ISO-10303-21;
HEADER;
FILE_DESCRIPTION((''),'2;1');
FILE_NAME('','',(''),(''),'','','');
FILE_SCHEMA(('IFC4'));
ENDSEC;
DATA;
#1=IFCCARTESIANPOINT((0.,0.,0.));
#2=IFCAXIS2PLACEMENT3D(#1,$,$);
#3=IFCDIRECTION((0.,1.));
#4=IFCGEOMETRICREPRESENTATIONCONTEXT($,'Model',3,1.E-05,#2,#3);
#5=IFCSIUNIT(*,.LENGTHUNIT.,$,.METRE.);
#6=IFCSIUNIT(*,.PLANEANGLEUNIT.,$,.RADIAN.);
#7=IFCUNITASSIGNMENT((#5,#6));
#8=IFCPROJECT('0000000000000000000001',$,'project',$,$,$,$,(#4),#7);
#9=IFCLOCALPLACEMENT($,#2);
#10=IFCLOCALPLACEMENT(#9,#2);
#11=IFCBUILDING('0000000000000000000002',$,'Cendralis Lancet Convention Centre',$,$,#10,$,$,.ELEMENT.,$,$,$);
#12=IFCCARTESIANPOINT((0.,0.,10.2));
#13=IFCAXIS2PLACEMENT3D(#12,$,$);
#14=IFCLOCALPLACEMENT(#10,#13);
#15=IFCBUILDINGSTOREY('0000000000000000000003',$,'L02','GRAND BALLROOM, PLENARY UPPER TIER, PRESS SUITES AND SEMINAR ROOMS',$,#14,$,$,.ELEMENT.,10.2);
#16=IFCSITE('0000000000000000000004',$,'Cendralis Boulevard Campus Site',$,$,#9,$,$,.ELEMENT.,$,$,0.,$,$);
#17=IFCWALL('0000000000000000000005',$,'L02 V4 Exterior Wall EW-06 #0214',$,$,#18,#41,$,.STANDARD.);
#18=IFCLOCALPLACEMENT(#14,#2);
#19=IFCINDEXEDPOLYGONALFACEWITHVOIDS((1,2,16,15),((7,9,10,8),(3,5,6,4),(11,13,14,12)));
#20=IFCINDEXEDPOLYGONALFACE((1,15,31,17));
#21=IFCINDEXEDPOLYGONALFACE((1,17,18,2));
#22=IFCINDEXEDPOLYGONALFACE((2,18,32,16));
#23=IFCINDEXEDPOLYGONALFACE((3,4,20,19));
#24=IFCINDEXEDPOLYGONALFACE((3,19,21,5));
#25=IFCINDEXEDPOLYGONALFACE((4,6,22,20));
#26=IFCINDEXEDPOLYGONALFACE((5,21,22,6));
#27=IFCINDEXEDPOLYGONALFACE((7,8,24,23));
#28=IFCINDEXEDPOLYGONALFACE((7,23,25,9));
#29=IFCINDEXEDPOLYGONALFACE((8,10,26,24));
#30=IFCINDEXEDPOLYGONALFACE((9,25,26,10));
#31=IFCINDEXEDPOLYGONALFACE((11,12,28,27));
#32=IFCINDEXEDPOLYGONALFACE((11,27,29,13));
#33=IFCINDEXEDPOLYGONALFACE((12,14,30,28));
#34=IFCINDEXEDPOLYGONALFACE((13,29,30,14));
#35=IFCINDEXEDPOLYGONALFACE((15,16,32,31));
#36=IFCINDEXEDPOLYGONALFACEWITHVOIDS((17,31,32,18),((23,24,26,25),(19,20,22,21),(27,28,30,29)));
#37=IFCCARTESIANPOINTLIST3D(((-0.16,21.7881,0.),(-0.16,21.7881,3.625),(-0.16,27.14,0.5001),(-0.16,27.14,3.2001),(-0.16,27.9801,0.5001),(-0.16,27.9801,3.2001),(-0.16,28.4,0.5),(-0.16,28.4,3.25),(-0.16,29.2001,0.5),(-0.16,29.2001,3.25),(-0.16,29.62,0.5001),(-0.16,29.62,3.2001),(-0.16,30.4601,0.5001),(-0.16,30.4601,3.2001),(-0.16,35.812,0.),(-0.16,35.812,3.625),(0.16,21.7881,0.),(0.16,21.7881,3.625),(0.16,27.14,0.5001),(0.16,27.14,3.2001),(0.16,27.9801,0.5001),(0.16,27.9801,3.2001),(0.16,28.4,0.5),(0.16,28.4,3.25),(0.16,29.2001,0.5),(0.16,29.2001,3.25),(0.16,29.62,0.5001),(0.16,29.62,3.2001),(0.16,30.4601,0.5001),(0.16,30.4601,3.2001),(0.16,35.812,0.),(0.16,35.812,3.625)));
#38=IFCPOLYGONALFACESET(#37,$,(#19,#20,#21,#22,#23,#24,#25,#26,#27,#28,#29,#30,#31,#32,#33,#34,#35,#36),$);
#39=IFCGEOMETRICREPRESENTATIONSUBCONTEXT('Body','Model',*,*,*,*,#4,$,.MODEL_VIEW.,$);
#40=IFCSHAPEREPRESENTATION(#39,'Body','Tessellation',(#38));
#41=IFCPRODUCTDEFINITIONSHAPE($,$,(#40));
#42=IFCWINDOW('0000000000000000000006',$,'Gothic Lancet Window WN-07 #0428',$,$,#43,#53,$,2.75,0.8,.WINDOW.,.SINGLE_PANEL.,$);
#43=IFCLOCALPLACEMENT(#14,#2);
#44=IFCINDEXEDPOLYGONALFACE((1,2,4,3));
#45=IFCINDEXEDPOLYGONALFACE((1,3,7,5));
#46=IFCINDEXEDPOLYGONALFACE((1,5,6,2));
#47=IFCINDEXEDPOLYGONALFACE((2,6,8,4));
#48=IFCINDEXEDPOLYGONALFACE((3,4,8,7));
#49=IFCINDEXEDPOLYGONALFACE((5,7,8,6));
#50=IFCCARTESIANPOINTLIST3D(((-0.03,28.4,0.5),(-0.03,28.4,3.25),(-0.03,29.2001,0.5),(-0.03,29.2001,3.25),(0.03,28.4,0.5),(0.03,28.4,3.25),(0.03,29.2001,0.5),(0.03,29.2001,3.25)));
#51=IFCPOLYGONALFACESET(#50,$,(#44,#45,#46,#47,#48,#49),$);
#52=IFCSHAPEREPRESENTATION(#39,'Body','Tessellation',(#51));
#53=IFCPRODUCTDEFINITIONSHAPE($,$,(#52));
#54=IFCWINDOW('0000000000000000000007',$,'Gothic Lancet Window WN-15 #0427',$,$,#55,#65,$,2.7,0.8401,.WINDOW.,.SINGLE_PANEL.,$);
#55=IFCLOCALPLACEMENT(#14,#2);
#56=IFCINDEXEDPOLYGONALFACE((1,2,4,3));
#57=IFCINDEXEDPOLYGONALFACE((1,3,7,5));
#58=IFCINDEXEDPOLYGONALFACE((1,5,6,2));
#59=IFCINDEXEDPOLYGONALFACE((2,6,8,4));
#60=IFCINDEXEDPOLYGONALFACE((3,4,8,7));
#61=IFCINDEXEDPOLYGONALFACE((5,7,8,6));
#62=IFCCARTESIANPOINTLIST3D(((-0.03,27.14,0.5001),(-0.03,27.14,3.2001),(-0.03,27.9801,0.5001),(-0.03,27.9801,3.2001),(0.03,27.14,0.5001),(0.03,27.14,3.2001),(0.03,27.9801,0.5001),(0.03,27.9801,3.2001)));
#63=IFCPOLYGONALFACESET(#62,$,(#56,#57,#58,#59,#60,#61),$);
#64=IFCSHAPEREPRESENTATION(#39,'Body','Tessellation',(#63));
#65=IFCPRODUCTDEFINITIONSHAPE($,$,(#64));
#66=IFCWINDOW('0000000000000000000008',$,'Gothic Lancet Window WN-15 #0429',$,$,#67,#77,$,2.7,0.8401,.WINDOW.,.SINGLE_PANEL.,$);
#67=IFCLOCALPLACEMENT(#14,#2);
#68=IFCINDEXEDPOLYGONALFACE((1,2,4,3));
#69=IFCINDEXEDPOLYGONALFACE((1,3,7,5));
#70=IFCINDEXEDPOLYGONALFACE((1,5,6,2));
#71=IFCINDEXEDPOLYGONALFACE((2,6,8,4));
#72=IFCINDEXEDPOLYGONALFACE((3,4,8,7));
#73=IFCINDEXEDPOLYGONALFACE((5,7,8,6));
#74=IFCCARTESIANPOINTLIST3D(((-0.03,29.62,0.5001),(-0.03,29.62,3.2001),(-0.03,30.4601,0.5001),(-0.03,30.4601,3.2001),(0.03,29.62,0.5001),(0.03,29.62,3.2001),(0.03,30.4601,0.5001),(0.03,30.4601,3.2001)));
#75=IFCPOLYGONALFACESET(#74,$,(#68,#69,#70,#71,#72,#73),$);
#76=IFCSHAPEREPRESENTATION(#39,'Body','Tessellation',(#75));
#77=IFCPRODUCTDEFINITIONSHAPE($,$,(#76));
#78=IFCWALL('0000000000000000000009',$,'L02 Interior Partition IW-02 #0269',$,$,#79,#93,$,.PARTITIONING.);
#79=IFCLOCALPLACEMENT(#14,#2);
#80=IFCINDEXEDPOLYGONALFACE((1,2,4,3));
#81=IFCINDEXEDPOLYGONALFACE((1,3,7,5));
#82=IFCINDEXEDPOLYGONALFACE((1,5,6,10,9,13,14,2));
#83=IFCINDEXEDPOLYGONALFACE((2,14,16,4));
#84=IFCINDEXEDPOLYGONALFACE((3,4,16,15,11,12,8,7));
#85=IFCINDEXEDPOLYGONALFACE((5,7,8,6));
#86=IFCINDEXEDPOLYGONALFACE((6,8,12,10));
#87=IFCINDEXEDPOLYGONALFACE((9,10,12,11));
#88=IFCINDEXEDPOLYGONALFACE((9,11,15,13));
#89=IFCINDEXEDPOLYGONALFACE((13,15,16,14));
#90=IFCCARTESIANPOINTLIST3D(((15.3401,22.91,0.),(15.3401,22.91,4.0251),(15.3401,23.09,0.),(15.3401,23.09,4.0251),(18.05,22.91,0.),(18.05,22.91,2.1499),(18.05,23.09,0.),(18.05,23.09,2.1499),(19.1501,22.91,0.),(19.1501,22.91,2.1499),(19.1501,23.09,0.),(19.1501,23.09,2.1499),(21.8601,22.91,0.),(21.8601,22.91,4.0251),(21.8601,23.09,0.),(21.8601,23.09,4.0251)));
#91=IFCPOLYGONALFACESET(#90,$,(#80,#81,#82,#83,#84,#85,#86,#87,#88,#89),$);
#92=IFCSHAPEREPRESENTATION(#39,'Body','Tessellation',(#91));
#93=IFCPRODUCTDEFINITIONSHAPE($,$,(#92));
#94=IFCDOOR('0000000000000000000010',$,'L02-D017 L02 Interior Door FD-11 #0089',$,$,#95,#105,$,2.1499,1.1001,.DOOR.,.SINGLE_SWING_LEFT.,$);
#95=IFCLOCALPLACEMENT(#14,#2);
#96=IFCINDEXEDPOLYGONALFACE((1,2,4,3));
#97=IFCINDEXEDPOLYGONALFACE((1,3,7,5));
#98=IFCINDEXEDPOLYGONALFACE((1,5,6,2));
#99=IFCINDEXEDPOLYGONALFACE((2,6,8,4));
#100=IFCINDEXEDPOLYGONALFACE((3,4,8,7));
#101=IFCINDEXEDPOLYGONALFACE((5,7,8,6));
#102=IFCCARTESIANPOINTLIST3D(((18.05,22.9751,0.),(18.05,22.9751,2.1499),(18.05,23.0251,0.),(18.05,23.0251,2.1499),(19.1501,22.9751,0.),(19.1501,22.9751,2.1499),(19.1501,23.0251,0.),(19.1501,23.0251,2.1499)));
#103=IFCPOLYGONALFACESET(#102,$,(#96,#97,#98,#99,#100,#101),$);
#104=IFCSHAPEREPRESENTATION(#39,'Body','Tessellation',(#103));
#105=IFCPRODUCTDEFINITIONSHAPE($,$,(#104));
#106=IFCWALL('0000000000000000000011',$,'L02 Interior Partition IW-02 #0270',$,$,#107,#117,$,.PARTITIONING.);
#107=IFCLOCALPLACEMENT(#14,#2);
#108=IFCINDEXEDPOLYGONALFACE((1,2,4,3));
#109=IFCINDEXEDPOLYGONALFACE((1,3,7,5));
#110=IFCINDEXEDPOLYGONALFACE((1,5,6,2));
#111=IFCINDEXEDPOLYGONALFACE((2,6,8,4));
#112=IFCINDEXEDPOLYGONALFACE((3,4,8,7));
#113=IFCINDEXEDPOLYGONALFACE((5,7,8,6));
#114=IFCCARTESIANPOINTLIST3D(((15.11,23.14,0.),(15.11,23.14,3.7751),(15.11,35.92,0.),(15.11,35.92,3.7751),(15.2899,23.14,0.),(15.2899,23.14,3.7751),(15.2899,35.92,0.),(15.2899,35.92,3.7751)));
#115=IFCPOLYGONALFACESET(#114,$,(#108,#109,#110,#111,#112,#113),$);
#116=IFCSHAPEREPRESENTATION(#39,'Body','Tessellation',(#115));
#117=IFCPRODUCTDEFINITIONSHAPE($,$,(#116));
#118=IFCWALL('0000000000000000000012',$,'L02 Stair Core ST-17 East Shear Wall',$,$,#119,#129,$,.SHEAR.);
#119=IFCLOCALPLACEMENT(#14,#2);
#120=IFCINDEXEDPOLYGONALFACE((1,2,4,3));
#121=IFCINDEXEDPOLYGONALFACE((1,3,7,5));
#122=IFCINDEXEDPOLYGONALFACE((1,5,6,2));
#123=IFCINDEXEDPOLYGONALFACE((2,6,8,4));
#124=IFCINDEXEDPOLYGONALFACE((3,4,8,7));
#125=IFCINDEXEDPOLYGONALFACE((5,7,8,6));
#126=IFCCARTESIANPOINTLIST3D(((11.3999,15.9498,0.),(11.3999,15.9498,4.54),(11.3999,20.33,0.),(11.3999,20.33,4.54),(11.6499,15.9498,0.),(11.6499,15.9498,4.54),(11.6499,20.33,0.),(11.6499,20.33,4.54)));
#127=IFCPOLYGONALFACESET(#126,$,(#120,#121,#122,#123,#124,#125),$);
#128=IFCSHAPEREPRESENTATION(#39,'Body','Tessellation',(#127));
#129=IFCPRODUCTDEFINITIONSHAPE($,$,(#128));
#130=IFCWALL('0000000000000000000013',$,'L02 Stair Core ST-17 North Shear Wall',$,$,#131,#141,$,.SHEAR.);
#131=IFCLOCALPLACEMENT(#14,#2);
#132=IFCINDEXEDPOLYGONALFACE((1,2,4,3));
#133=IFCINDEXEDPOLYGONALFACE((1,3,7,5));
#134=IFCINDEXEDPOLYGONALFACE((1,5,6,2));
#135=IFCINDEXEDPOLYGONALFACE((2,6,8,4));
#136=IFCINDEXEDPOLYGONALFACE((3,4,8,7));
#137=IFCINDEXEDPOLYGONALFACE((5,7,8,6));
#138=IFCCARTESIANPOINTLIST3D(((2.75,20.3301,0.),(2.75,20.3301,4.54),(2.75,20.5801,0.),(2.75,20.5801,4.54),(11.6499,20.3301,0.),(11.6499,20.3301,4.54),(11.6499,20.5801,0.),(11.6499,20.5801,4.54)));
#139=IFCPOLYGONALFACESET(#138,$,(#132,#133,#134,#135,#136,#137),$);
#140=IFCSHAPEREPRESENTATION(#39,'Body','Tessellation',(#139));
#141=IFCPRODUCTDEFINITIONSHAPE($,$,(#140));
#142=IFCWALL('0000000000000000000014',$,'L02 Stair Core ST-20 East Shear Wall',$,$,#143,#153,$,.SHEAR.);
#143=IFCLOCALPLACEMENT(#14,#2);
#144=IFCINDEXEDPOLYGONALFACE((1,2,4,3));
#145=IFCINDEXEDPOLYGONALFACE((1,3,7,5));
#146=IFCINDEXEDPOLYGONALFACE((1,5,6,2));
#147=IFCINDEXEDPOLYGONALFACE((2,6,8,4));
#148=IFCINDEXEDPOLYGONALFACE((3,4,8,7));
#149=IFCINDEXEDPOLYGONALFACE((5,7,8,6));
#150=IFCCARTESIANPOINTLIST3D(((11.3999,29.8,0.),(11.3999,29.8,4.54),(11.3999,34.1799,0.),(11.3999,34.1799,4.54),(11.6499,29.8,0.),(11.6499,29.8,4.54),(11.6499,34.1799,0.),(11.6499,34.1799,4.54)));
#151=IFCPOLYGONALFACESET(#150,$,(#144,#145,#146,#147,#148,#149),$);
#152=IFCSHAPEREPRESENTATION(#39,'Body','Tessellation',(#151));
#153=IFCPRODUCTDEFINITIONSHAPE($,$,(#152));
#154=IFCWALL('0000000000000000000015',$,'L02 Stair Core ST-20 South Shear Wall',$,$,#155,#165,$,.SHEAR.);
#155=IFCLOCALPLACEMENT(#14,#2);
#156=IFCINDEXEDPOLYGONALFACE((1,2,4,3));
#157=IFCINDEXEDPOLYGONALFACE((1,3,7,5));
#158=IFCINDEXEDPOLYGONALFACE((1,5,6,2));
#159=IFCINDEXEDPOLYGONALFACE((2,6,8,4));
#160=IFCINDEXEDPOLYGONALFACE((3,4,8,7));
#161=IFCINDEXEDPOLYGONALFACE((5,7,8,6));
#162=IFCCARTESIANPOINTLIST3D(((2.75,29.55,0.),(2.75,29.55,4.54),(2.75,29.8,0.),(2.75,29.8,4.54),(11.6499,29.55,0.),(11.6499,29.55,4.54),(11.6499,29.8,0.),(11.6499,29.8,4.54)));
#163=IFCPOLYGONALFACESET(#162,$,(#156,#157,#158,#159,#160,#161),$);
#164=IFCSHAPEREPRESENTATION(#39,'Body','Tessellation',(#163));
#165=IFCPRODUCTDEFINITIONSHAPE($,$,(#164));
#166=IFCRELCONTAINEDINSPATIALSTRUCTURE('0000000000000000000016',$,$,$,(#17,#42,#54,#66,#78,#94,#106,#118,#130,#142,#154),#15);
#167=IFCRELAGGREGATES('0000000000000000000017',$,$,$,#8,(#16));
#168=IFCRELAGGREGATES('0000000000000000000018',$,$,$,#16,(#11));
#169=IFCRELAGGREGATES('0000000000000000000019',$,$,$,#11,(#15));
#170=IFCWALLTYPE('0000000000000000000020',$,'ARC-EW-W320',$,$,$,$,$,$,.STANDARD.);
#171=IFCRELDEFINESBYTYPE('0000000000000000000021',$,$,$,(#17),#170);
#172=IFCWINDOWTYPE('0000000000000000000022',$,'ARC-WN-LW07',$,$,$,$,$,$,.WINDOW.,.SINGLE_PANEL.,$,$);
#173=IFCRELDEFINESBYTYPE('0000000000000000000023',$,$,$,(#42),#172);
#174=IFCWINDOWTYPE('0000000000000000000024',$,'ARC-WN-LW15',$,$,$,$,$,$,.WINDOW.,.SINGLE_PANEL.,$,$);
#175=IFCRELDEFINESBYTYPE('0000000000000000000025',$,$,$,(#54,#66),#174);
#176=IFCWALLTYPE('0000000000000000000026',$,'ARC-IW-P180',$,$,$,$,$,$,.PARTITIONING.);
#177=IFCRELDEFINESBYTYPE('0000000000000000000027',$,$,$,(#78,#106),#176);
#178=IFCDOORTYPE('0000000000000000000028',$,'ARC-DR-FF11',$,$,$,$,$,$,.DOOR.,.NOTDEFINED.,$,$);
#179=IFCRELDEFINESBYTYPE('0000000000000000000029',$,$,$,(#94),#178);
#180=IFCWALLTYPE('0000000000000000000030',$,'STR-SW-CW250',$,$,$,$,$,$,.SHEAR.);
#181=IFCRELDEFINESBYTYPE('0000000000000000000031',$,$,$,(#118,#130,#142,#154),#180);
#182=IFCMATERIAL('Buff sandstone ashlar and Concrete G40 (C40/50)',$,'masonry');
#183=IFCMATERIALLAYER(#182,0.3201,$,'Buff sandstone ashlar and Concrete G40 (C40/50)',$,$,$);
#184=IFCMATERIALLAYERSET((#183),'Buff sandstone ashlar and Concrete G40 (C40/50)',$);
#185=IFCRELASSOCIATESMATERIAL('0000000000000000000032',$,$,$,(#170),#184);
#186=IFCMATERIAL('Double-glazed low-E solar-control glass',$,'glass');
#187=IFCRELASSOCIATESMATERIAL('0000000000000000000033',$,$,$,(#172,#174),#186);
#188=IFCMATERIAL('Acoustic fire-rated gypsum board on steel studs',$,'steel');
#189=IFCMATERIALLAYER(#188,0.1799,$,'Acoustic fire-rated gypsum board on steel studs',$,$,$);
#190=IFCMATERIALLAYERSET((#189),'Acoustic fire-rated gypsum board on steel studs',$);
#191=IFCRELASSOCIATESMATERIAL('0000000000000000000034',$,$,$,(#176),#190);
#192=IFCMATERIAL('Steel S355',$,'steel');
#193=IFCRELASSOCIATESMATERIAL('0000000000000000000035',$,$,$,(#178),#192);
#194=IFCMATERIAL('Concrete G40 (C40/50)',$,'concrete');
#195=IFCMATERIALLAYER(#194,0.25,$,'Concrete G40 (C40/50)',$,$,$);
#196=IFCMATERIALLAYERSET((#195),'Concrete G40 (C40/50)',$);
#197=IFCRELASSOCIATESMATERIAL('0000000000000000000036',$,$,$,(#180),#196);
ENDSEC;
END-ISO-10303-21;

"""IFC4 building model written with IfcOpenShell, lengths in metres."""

from ifc_helpers import new_model, si_unit, direction, frame, frame_2d, origin, place, context, subcontext, project, spatial, rectangle, extrude, material, layer, layer_set, type_object, element, fill, save


model = new_model("IFC4")

# Units and contexts
model_context = context("Model", 3, precision=1e-05, world=origin(), true_north=direction((0.0, 1.0)))
body_context = subcontext(model_context, "Body", "Model", "MODEL_VIEW")
ifc_project = project(units=[si_unit("LENGTHUNIT", "METRE"), si_unit("PLANEANGLEUNIT", "RADIAN")], contexts=[model_context])

# Site, building, storey
site_placement = place(None, origin())
site = spatial("IfcSite", under=ifc_project, at=site_placement, Name="Cendralis Boulevard Campus Site", CompositionType="ELEMENT", RefElevation=0.0)
building_placement = place(site_placement, origin())
building = spatial("IfcBuilding", under=site, at=building_placement, Name="Cendralis Lancet Convention Centre", CompositionType="ELEMENT")
storey_placement = place(building_placement, frame((0.0, 0.0, 10.2)))
storey = spatial("IfcBuildingStorey", under=building, at=storey_placement, Name="L02", Description="GRAND BALLROOM, PLENARY UPPER TIER, PRESS SUITES AND SEMINAR ROOMS", CompositionType="ELEMENT", Elevation=10.2)

# Shared definitions
ifc_material_1 = material(Name="Steel S355", Category="steel")

# Shared definitions
ifc_material_2 = material(Name="Concrete G40 (C40/50)", Category="concrete")

# Wall, openings, windows
ifc_material_3 = material(Name="Buff sandstone ashlar and Concrete G40 (C40/50)", Category="masonry")
ifc_layer_1 = layer(ifc_material_3, 0.3201, Name="Buff sandstone ashlar and Concrete G40 (C40/50)")
ifc_layer_set_1 = layer_set([ifc_layer_1], Name="Buff sandstone ashlar and Concrete G40 (C40/50)")
wall_type_1 = type_object("IfcWallType", Name="ARC-EW-W320", PredefinedType="STANDARD", material=ifc_layer_set_1)
wall_1_placement = place(storey_placement, frame((0.0, 21.7881, 0.0), z_axis=(0.0, 0.0, 1.0), x_axis=(0.0, 1.0, 0.0)))
wall_1 = element("IfcWall", 1, at=wall_1_placement, inside=storey, type_object=wall_type_1, Name="L02 V4 Exterior Wall EW-06 #0214", PredefinedType="STANDARD", context=body_context, shape_type="SweptSolid", body=[
    extrude(rectangle(XDim=14.0239, YDim=0.3201, at=frame_2d((7.012, 0.0))), origin(), (0.0, 0.0, 1.0), 3.625),
])
opening_1_placement = place(wall_1_placement, frame((5.3521, 0.0, 0.5)))
opening_1 = element("IfcOpeningElement", 2, at=opening_1_placement, cuts=wall_1, PredefinedType="OPENING", context=body_context, shape_type="SweptSolid", body=[
    extrude(rectangle(XDim=0.8401, YDim=2.7, at=frame_2d((0.4199, 1.3501))), frame((0.0, 0.1699, 0.0), z_axis=(0.0, -1.0, 0.0), x_axis=(1.0, 0.0, 0.0)), (0.0, 0.0, 1.0), 0.3401),
])
opening_2_placement = place(wall_1_placement, frame((6.6121, 0.0, 0.5)))
opening_2 = element("IfcOpeningElement", 3, at=opening_2_placement, cuts=wall_1, PredefinedType="OPENING", context=body_context, shape_type="SweptSolid", body=[
    extrude(rectangle(XDim=0.8, YDim=2.75, at=frame_2d((0.3999, 1.375))), frame((0.0, 0.1699, 0.0), z_axis=(0.0, -1.0, 0.0), x_axis=(1.0, 0.0, 0.0)), (0.0, 0.0, 1.0), 0.3401),
])
opening_3_placement = place(wall_1_placement, frame((7.832, 0.0, 0.5)))
opening_3 = element("IfcOpeningElement", 4, at=opening_3_placement, cuts=wall_1, PredefinedType="OPENING", context=body_context, shape_type="SweptSolid", body=[
    extrude(rectangle(XDim=0.8401, YDim=2.7, at=frame_2d((0.4199, 1.3501))), frame((0.0, 0.1699, 0.0), z_axis=(0.0, -1.0, 0.0), x_axis=(1.0, 0.0, 0.0)), (0.0, 0.0, 1.0), 0.3401),
])
ifc_material_4 = material(Name="Double-glazed low-E solar-control glass", Category="glass")
window_type_1 = type_object("IfcWindowType", Name="ARC-WN-LW07", PartitioningType="SINGLE_PANEL", PredefinedType="WINDOW", material=ifc_material_4)
window_1_placement = place(opening_2_placement, origin())
window_1 = element("IfcWindow", 5, at=window_1_placement, inside=storey, type_object=window_type_1, Name="Gothic Lancet Window WN-07 #0428", OverallHeight=2.75, OverallWidth=0.8, PartitioningType="SINGLE_PANEL", PredefinedType="WINDOW", context=body_context, shape_type="SweptSolid", body=[
    extrude(rectangle(XDim=0.8, YDim=2.75, at=frame_2d((0.3999, 1.375))), frame((0.0, 0.03, 0.0), z_axis=(0.0, -1.0, 0.0), x_axis=(1.0, 0.0, 0.0)), (0.0, 0.0, 1.0), 0.0601),
])
fill(opening_2, window_1)
window_type_2 = type_object("IfcWindowType", Name="ARC-WN-LW15", PartitioningType="SINGLE_PANEL", PredefinedType="WINDOW", material=ifc_material_4)
window_2_placement = place(opening_1_placement, origin())
window_2 = element("IfcWindow", 6, at=window_2_placement, inside=storey, type_object=window_type_2, Name="Gothic Lancet Window WN-15 #0427", OverallHeight=2.7, OverallWidth=0.8401, PartitioningType="SINGLE_PANEL", PredefinedType="WINDOW", context=body_context, shape_type="SweptSolid", body=[
    extrude(rectangle(XDim=0.8401, YDim=2.7, at=frame_2d((0.4199, 1.3501))), frame((0.0, 0.03, 0.0), z_axis=(0.0, -1.0, 0.0), x_axis=(1.0, 0.0, 0.0)), (0.0, 0.0, 1.0), 0.0601),
])
fill(opening_1, window_2)
window_3_placement = place(opening_3_placement, origin())
window_3 = element("IfcWindow", 7, at=window_3_placement, inside=storey, type_object=window_type_2, Name="Gothic Lancet Window WN-15 #0429", OverallHeight=2.7, OverallWidth=0.8401, PartitioningType="SINGLE_PANEL", PredefinedType="WINDOW", context=body_context, shape_type="SweptSolid", body=[
    extrude(rectangle(XDim=0.8401, YDim=2.7, at=frame_2d((0.4199, 1.3501))), frame((0.0, 0.03, 0.0), z_axis=(0.0, -1.0, 0.0), x_axis=(1.0, 0.0, 0.0)), (0.0, 0.0, 1.0), 0.0601),
])
fill(opening_3, window_3)

# Wall, opening, door
ifc_material_5 = material(Name="Acoustic fire-rated gypsum board on steel studs", Category="steel")
ifc_layer_2 = layer(ifc_material_5, 0.1799, Name="Acoustic fire-rated gypsum board on steel studs")
ifc_layer_set_2 = layer_set([ifc_layer_2], Name="Acoustic fire-rated gypsum board on steel studs")
wall_type_2 = type_object("IfcWallType", Name="ARC-IW-P180", PredefinedType="PARTITIONING", material=ifc_layer_set_2)
wall_2_placement = place(storey_placement, frame((15.3401, 23.0, 0.0), z_axis=(0.0, 0.0, 1.0), x_axis=(1.0, 0.0, 0.0)))
wall_2 = element("IfcWall", 8, at=wall_2_placement, inside=storey, type_object=wall_type_2, Name="L02 Interior Partition IW-02 #0269", PredefinedType="PARTITIONING", context=body_context, shape_type="SweptSolid", body=[
    extrude(rectangle(XDim=6.52, YDim=0.1799, at=frame_2d((3.26, 0.0))), origin(), (0.0, 0.0, 1.0), 4.0251),
])
opening_4_placement = place(wall_2_placement, frame((2.71, 0.0, 0.0)))
opening_4 = element("IfcOpeningElement", 9, at=opening_4_placement, cuts=wall_2, PredefinedType="OPENING", context=body_context, shape_type="SweptSolid", body=[
    extrude(rectangle(XDim=1.1001, YDim=2.1499, at=frame_2d((0.55, 1.075))), frame((0.0, 0.0999, 0.0), z_axis=(0.0, -1.0, 0.0), x_axis=(1.0, 0.0, 0.0)), (0.0, 0.0, 1.0), 0.2),
])
door_type_1 = type_object("IfcDoorType", Name="ARC-DR-FF11", OperationType="NOTDEFINED", PredefinedType="DOOR", material=ifc_material_1)
door_1_placement = place(opening_4_placement, frame((1.1001, 0.0, 0.0), z_axis=(0.0, 0.0, 1.0), x_axis=(-1.0, 0.0, 0.0)))
door_1 = element("IfcDoor", 10, at=door_1_placement, inside=storey, type_object=door_type_1, Name="L02-D017 L02 Interior Door FD-11 #0089", OperationType="SINGLE_SWING_LEFT", OverallHeight=2.1499, OverallWidth=1.1001, PredefinedType="DOOR", context=body_context, shape_type="SweptSolid", body=[
    extrude(rectangle(XDim=1.1001, YDim=2.1499, at=frame_2d((0.55, 1.075))), frame((0.0, 0.0249, 0.0), z_axis=(0.0, -1.0, 0.0), x_axis=(1.0, 0.0, 0.0)), (0.0, 0.0, 1.0), 0.05),
])
fill(opening_4, door_1)

# Walls
wall_3_placement = place(storey_placement, frame((15.2, 23.1399, 0.0), z_axis=(0.0, 0.0, 1.0), x_axis=(0.0, 1.0, 0.0)))
element("IfcWall", 11, at=wall_3_placement, inside=storey, type_object=wall_type_2, Name="L02 Interior Partition IW-02 #0270", PredefinedType="PARTITIONING", context=body_context, shape_type="SweptSolid", body=[
    extrude(rectangle(XDim=12.78, YDim=0.1799, at=frame_2d((6.3901, 0.0))), origin(), (0.0, 0.0, 1.0), 3.7751),
])
ifc_layer_3 = layer(ifc_material_2, 0.25, Name="Concrete G40 (C40/50)")
ifc_layer_set_3 = layer_set([ifc_layer_3], Name="Concrete G40 (C40/50)")
wall_type_3 = type_object("IfcWallType", Name="STR-SW-CW250", PredefinedType="SHEAR", material=ifc_layer_set_3)
wall_4_placement = place(storey_placement, frame((11.5249, 15.95, 0.0), z_axis=(0.0, 0.0, 1.0), x_axis=(0.0, 1.0, 0.0)))
element("IfcWall", 12, at=wall_4_placement, inside=storey, type_object=wall_type_3, Name="L02 Stair Core ST-17 East Shear Wall", PredefinedType="SHEAR", context=body_context, shape_type="SweptSolid", body=[
    extrude(rectangle(XDim=4.3801, YDim=0.25, at=frame_2d((2.1899, 0.0))), origin(), (0.0, 0.0, 1.0), 4.54),
])
wall_5_placement = place(storey_placement, frame((2.75, 20.4551, 0.0), z_axis=(0.0, 0.0, 1.0), x_axis=(1.0, 0.0, 0.0)))
element("IfcWall", 13, at=wall_5_placement, inside=storey, type_object=wall_type_3, Name="L02 Stair Core ST-17 North Shear Wall", PredefinedType="SHEAR", context=body_context, shape_type="SweptSolid", body=[
    extrude(rectangle(XDim=8.8999, YDim=0.25, at=frame_2d((4.45, 0.0))), origin(), (0.0, 0.0, 1.0), 4.54),
])

# Walls
wall_6_placement = place(storey_placement, frame((11.5249, 29.8, 0.0), z_axis=(0.0, 0.0, 1.0), x_axis=(0.0, 1.0, 0.0)))
element("IfcWall", 14, at=wall_6_placement, inside=storey, type_object=wall_type_3, Name="L02 Stair Core ST-20 East Shear Wall", PredefinedType="SHEAR", context=body_context, shape_type="SweptSolid", body=[
    extrude(rectangle(XDim=4.3799, YDim=0.25, at=frame_2d((2.1899, 0.0))), origin(), (0.0, 0.0, 1.0), 4.54),
])
wall_7_placement = place(storey_placement, frame((2.75, 29.675, 0.0), z_axis=(0.0, 0.0, 1.0), x_axis=(1.0, 0.0, 0.0)))
element("IfcWall", 15, at=wall_7_placement, inside=storey, type_object=wall_type_3, Name="L02 Stair Core ST-20 South Shear Wall", PredefinedType="SHEAR", context=body_context, shape_type="SweptSolid", body=[
    extrude(rectangle(XDim=8.8999, YDim=0.25, at=frame_2d((4.45, 0.0))), origin(), (0.0, 0.0, 1.0), 4.54),
])

save(model, "model.ifc")
